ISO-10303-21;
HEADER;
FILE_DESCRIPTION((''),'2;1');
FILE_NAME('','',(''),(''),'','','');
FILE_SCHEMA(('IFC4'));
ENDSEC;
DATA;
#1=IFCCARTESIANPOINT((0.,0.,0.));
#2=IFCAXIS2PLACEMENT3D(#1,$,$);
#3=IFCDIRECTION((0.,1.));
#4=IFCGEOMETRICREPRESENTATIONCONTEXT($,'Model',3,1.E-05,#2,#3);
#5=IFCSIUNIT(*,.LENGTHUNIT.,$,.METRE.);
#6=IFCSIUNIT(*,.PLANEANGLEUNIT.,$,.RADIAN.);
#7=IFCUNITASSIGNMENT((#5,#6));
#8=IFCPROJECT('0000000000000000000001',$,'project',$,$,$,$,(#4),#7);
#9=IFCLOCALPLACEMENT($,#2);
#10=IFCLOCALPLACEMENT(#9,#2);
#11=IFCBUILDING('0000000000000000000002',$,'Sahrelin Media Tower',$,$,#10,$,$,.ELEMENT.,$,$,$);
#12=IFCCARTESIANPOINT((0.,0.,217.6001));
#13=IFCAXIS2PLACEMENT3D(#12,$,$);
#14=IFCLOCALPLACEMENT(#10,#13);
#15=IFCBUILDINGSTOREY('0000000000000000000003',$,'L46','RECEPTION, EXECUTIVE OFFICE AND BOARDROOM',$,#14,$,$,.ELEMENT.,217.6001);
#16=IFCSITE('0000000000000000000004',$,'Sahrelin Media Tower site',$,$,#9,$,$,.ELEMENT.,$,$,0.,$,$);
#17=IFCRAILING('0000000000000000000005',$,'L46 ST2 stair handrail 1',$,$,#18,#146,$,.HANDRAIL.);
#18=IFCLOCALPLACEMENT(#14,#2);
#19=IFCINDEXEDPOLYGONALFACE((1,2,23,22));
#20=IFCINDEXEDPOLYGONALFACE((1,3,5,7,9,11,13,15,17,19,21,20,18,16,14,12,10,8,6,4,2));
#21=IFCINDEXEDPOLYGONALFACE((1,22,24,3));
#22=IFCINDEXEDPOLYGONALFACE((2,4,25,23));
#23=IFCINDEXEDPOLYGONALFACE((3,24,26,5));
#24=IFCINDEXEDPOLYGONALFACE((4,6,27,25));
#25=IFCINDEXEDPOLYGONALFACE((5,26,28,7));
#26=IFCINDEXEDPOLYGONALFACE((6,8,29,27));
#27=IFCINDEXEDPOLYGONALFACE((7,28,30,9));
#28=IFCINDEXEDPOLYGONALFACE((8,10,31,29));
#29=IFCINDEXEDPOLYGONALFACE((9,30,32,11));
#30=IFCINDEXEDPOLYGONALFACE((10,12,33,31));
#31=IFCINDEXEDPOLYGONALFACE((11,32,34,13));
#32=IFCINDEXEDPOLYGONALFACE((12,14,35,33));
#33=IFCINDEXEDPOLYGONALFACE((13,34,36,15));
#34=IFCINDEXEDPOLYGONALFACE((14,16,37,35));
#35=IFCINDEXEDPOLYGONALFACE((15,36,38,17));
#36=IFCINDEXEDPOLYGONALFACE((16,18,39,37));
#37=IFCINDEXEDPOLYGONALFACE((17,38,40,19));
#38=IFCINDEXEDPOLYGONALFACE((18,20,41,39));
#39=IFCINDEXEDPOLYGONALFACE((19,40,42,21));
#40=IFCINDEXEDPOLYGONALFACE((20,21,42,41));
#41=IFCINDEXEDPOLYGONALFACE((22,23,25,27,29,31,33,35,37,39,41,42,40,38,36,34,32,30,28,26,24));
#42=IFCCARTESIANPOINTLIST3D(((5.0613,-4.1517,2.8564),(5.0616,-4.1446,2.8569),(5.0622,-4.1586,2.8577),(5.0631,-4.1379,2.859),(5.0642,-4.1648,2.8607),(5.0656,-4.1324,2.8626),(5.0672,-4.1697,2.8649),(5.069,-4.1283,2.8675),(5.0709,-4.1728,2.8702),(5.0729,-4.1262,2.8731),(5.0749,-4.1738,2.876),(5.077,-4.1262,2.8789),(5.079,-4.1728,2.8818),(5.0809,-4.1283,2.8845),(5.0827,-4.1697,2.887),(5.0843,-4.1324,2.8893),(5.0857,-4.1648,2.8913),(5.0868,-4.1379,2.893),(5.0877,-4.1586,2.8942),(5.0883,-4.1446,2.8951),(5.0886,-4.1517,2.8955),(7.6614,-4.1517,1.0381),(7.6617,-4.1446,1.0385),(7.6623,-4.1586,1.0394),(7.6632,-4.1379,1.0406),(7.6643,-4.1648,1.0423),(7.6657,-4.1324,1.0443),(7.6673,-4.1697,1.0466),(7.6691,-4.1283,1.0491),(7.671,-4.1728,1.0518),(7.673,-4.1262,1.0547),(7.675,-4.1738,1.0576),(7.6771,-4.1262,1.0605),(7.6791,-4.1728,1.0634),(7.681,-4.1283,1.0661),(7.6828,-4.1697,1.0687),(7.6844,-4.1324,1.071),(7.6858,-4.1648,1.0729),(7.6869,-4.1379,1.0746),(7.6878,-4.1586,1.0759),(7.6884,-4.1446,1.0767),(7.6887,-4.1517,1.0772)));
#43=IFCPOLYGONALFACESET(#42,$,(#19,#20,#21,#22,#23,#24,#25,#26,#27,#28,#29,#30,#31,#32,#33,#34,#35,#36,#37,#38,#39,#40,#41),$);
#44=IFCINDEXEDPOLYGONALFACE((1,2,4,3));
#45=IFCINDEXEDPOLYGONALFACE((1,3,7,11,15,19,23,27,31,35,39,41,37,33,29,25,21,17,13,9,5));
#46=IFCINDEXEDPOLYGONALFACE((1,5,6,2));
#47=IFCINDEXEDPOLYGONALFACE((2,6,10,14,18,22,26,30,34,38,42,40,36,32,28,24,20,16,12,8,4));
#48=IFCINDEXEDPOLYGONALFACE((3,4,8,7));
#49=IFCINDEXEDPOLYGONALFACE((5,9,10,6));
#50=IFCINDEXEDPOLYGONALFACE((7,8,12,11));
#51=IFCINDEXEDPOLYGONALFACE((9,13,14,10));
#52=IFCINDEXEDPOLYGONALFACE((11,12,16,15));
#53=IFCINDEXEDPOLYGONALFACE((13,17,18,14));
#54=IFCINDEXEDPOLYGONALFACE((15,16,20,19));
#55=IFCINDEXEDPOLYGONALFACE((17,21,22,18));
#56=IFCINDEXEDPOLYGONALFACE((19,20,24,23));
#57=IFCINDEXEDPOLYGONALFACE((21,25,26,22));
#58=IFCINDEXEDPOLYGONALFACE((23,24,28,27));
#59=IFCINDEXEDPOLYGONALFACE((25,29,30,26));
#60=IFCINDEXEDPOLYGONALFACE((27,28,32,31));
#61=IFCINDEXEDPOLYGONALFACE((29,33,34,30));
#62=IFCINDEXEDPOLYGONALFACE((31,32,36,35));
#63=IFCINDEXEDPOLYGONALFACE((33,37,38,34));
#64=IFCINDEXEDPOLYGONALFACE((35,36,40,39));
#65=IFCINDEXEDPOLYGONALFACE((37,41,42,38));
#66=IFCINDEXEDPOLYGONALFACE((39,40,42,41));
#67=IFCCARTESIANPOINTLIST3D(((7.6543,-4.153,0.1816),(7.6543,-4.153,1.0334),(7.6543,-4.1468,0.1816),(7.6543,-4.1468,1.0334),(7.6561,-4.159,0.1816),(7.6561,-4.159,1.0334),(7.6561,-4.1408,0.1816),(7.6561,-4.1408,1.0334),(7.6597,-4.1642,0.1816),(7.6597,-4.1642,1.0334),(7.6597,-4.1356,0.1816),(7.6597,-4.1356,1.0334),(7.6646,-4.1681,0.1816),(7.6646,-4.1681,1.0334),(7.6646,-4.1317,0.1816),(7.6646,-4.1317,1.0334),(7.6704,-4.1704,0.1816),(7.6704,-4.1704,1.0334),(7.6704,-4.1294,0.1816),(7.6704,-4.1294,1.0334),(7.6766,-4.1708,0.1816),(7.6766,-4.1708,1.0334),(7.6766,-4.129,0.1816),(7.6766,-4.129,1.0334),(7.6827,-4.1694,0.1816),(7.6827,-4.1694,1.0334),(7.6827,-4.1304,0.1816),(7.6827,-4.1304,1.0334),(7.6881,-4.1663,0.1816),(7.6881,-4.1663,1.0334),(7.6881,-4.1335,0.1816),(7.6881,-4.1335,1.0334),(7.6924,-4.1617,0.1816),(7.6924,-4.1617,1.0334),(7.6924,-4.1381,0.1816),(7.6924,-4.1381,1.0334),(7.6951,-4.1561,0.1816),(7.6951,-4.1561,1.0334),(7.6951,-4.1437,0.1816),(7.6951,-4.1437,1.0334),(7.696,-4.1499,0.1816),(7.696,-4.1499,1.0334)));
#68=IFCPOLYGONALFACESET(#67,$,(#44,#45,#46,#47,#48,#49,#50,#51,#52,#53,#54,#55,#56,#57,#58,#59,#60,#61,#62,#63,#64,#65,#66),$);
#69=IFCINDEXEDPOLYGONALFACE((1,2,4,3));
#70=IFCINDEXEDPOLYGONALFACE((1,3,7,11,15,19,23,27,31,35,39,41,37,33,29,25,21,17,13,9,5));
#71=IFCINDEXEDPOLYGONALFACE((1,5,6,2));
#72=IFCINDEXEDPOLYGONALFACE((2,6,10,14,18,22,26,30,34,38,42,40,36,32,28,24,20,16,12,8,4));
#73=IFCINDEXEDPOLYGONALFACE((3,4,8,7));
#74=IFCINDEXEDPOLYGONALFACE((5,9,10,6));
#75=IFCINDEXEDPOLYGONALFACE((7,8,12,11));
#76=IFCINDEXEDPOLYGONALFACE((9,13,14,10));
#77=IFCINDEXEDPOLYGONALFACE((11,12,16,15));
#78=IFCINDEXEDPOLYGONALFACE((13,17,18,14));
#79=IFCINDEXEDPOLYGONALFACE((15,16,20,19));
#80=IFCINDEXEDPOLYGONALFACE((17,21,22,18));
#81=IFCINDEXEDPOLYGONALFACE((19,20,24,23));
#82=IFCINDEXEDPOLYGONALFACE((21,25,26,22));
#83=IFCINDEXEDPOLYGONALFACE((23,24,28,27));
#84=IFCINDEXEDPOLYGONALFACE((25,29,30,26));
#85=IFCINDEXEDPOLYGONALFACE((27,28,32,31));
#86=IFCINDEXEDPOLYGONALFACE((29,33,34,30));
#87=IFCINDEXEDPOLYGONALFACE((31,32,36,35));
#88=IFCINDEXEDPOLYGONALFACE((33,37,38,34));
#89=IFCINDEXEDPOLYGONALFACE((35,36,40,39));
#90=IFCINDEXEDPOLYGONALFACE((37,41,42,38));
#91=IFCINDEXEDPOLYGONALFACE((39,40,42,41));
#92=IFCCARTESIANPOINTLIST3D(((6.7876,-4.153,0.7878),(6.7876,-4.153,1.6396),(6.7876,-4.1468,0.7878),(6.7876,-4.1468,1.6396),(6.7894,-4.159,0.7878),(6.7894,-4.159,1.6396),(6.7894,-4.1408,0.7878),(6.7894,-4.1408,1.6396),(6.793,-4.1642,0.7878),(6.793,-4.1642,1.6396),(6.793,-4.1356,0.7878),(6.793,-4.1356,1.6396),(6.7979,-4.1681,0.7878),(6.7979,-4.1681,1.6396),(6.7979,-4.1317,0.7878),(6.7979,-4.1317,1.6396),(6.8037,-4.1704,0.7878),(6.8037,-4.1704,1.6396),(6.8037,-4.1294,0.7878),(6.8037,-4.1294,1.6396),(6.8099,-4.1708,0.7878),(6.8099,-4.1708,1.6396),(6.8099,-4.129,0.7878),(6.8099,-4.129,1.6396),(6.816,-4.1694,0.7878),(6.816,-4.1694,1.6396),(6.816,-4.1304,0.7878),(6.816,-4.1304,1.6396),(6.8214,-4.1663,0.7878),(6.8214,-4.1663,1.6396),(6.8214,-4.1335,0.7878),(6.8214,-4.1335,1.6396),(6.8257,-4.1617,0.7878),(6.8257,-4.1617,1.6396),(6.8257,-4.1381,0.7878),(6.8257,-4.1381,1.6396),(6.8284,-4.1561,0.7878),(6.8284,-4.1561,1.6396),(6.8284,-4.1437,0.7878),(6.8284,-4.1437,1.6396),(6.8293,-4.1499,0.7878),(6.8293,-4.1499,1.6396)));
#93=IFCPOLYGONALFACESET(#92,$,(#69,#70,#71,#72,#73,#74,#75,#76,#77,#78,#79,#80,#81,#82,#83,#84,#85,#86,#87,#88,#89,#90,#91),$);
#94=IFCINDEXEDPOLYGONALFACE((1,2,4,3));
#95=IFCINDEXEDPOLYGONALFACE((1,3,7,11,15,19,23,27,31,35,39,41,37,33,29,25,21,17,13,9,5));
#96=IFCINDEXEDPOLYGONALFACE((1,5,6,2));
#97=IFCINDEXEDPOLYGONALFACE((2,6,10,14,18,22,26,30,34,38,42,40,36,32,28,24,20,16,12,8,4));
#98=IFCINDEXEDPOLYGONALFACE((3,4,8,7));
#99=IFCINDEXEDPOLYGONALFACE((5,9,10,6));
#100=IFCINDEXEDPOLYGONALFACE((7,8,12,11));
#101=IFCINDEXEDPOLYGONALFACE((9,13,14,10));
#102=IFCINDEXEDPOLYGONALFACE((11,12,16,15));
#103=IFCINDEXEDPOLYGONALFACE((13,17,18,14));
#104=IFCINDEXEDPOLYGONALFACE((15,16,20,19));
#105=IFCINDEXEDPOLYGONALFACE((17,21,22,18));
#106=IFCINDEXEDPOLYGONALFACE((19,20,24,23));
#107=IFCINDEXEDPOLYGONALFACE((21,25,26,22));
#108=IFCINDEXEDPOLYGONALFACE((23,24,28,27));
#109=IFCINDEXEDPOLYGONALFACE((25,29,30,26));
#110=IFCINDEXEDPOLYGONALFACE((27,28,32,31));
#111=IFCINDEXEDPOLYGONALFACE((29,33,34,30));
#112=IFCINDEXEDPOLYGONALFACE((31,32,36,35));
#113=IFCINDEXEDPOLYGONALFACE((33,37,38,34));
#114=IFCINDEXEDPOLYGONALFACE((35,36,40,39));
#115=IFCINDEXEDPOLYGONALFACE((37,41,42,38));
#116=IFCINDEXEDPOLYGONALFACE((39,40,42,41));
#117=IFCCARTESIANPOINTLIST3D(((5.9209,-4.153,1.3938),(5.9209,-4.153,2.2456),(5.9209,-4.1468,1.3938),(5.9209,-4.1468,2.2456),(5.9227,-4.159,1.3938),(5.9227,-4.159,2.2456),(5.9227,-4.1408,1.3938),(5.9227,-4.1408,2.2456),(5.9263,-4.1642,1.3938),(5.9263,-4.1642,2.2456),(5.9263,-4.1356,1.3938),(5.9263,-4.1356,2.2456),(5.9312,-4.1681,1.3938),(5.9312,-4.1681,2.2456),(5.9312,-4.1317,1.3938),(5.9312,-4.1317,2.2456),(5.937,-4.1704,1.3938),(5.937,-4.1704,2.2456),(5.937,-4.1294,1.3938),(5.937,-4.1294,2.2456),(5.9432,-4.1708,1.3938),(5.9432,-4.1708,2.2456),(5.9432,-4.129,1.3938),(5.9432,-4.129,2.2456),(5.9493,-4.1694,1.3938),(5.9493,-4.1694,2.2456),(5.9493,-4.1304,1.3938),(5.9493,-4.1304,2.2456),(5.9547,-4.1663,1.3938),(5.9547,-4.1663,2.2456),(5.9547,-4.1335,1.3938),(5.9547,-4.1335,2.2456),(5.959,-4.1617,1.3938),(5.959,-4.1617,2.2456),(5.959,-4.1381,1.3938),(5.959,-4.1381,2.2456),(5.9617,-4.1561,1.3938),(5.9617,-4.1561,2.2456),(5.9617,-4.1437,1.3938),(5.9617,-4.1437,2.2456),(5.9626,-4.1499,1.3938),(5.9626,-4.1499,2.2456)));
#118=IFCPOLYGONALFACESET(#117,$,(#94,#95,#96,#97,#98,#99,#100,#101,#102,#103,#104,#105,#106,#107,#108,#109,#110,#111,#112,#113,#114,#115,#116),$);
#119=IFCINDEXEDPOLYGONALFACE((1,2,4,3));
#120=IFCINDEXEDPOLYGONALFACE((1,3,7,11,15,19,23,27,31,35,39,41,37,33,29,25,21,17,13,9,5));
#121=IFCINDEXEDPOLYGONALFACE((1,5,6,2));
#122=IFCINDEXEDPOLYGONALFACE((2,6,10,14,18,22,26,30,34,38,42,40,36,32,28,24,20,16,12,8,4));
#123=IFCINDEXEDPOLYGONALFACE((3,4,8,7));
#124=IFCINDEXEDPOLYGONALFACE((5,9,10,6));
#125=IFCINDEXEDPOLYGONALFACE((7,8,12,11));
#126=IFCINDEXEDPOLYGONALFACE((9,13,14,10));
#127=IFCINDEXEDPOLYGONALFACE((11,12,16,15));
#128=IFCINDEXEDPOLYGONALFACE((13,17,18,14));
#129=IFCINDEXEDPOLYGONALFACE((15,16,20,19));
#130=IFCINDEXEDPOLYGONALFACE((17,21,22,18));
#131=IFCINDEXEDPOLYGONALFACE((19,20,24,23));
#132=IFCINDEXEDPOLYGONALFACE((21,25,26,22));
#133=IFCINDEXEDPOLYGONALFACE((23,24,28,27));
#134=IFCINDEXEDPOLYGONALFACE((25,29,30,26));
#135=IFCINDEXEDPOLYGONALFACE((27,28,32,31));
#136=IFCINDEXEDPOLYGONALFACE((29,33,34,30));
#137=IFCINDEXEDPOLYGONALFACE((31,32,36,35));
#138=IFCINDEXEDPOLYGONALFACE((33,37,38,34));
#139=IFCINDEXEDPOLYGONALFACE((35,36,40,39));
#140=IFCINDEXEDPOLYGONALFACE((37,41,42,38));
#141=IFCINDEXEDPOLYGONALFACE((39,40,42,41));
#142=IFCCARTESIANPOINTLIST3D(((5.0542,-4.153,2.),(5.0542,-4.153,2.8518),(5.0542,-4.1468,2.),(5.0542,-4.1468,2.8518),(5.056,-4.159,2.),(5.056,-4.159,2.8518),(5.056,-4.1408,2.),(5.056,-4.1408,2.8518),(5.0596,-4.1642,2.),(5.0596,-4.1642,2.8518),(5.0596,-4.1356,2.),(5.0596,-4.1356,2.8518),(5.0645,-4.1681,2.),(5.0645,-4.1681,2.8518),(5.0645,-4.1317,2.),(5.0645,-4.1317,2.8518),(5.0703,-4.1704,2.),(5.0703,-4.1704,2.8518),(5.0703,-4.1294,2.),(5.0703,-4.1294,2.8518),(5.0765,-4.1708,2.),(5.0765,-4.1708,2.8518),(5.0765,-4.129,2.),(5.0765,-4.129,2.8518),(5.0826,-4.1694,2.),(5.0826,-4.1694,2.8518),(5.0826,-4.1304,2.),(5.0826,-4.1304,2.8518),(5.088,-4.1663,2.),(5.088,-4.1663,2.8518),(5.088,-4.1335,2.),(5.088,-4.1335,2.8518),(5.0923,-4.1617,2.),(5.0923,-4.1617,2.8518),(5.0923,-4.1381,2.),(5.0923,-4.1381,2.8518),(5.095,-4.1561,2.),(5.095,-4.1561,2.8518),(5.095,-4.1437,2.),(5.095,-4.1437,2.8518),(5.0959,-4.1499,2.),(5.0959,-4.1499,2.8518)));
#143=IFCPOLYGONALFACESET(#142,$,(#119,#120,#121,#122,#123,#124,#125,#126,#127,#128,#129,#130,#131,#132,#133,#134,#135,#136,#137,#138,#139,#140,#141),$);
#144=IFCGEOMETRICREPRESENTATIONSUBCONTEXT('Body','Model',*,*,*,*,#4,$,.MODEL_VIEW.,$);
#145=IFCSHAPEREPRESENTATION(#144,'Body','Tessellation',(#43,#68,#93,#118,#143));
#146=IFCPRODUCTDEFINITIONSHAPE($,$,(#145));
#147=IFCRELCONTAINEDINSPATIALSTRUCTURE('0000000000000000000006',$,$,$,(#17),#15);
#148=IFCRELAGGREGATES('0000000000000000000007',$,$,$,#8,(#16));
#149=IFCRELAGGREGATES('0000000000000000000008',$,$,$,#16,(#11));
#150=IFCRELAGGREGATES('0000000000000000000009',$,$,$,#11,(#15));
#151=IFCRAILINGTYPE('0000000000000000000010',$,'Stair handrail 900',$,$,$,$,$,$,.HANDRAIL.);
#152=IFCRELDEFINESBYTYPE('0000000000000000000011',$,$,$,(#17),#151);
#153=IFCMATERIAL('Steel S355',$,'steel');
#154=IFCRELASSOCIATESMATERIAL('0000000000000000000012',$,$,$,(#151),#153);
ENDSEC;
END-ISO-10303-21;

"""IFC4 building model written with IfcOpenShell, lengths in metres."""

from ifc_helpers import new_model, si_unit, direction, frame, origin, origin_2d, place, context, subcontext, project, spatial, circle, extrude, material, type_object, element, save


model = new_model("IFC4")

# Units and contexts
model_context = context("Model", 3, precision=1e-05, world=origin(), true_north=direction((0.0, 1.0)))
body_context = subcontext(model_context, "Body", "Model", "MODEL_VIEW")
ifc_project = project(units=[si_unit("LENGTHUNIT", "METRE"), si_unit("PLANEANGLEUNIT", "RADIAN")], contexts=[model_context])

# Site, building, storey
site_placement = place(None, origin())
site = spatial("IfcSite", under=ifc_project, at=site_placement, Name="Sahrelin Media Tower site", CompositionType="ELEMENT", RefElevation=0.0)
building_placement = place(site_placement, origin())
building = spatial("IfcBuilding", under=site, at=building_placement, Name="Sahrelin Media Tower", CompositionType="ELEMENT")
storey_placement = place(building_placement, frame((0.0, 0.0, 217.6001)))
storey = spatial("IfcBuildingStorey", under=building, at=storey_placement, Name="L46", Description="RECEPTION, EXECUTIVE OFFICE AND BOARDROOM", CompositionType="ELEMENT", Elevation=217.6001)

# Shared definitions
ifc_material_1 = material(Name="Steel S355", Category="steel")

# Railing
railing_type_1 = type_object("IfcRailingType", Name="Stair handrail 900", PredefinedType="HANDRAIL", material=ifc_material_1)
railing_1_placement = place(storey_placement, frame((7.675, -4.1499, 0.1816)))
element("IfcRailing", 1, at=railing_1_placement, inside=storey, type_object=railing_type_1, Name="L46 ST2 stair handrail 1", PredefinedType="HANDRAIL", context=body_context, shape_type="SweptSolid", body=[
    extrude(circle(Radius=0.0239, at=origin_2d()), frame((0.0, 0.0, 0.876), z_axis=(-0.819485, 0.0, 0.573101), x_axis=(0.0, -1.0, 0.0)), (0.0, 0.0, 1.0), 3.1729),
    extrude(circle(Radius=0.021, at=origin_2d()), origin(), (0.0, 0.0, 1.0), 0.8518),
    extrude(circle(Radius=0.021, at=origin_2d()), frame((-0.8667, 0.0, 0.6062)), (0.0, 0.0, 1.0), 0.8518),
    extrude(circle(Radius=0.021, at=origin_2d()), frame((-1.7334, 0.0, 1.2122)), (0.0, 0.0, 1.0), 0.8518),
    extrude(circle(Radius=0.021, at=origin_2d()), frame((-2.6001, 0.0, 1.8184)), (0.0, 0.0, 1.0), 0.8518),
])

save(model, "model.ifc")
